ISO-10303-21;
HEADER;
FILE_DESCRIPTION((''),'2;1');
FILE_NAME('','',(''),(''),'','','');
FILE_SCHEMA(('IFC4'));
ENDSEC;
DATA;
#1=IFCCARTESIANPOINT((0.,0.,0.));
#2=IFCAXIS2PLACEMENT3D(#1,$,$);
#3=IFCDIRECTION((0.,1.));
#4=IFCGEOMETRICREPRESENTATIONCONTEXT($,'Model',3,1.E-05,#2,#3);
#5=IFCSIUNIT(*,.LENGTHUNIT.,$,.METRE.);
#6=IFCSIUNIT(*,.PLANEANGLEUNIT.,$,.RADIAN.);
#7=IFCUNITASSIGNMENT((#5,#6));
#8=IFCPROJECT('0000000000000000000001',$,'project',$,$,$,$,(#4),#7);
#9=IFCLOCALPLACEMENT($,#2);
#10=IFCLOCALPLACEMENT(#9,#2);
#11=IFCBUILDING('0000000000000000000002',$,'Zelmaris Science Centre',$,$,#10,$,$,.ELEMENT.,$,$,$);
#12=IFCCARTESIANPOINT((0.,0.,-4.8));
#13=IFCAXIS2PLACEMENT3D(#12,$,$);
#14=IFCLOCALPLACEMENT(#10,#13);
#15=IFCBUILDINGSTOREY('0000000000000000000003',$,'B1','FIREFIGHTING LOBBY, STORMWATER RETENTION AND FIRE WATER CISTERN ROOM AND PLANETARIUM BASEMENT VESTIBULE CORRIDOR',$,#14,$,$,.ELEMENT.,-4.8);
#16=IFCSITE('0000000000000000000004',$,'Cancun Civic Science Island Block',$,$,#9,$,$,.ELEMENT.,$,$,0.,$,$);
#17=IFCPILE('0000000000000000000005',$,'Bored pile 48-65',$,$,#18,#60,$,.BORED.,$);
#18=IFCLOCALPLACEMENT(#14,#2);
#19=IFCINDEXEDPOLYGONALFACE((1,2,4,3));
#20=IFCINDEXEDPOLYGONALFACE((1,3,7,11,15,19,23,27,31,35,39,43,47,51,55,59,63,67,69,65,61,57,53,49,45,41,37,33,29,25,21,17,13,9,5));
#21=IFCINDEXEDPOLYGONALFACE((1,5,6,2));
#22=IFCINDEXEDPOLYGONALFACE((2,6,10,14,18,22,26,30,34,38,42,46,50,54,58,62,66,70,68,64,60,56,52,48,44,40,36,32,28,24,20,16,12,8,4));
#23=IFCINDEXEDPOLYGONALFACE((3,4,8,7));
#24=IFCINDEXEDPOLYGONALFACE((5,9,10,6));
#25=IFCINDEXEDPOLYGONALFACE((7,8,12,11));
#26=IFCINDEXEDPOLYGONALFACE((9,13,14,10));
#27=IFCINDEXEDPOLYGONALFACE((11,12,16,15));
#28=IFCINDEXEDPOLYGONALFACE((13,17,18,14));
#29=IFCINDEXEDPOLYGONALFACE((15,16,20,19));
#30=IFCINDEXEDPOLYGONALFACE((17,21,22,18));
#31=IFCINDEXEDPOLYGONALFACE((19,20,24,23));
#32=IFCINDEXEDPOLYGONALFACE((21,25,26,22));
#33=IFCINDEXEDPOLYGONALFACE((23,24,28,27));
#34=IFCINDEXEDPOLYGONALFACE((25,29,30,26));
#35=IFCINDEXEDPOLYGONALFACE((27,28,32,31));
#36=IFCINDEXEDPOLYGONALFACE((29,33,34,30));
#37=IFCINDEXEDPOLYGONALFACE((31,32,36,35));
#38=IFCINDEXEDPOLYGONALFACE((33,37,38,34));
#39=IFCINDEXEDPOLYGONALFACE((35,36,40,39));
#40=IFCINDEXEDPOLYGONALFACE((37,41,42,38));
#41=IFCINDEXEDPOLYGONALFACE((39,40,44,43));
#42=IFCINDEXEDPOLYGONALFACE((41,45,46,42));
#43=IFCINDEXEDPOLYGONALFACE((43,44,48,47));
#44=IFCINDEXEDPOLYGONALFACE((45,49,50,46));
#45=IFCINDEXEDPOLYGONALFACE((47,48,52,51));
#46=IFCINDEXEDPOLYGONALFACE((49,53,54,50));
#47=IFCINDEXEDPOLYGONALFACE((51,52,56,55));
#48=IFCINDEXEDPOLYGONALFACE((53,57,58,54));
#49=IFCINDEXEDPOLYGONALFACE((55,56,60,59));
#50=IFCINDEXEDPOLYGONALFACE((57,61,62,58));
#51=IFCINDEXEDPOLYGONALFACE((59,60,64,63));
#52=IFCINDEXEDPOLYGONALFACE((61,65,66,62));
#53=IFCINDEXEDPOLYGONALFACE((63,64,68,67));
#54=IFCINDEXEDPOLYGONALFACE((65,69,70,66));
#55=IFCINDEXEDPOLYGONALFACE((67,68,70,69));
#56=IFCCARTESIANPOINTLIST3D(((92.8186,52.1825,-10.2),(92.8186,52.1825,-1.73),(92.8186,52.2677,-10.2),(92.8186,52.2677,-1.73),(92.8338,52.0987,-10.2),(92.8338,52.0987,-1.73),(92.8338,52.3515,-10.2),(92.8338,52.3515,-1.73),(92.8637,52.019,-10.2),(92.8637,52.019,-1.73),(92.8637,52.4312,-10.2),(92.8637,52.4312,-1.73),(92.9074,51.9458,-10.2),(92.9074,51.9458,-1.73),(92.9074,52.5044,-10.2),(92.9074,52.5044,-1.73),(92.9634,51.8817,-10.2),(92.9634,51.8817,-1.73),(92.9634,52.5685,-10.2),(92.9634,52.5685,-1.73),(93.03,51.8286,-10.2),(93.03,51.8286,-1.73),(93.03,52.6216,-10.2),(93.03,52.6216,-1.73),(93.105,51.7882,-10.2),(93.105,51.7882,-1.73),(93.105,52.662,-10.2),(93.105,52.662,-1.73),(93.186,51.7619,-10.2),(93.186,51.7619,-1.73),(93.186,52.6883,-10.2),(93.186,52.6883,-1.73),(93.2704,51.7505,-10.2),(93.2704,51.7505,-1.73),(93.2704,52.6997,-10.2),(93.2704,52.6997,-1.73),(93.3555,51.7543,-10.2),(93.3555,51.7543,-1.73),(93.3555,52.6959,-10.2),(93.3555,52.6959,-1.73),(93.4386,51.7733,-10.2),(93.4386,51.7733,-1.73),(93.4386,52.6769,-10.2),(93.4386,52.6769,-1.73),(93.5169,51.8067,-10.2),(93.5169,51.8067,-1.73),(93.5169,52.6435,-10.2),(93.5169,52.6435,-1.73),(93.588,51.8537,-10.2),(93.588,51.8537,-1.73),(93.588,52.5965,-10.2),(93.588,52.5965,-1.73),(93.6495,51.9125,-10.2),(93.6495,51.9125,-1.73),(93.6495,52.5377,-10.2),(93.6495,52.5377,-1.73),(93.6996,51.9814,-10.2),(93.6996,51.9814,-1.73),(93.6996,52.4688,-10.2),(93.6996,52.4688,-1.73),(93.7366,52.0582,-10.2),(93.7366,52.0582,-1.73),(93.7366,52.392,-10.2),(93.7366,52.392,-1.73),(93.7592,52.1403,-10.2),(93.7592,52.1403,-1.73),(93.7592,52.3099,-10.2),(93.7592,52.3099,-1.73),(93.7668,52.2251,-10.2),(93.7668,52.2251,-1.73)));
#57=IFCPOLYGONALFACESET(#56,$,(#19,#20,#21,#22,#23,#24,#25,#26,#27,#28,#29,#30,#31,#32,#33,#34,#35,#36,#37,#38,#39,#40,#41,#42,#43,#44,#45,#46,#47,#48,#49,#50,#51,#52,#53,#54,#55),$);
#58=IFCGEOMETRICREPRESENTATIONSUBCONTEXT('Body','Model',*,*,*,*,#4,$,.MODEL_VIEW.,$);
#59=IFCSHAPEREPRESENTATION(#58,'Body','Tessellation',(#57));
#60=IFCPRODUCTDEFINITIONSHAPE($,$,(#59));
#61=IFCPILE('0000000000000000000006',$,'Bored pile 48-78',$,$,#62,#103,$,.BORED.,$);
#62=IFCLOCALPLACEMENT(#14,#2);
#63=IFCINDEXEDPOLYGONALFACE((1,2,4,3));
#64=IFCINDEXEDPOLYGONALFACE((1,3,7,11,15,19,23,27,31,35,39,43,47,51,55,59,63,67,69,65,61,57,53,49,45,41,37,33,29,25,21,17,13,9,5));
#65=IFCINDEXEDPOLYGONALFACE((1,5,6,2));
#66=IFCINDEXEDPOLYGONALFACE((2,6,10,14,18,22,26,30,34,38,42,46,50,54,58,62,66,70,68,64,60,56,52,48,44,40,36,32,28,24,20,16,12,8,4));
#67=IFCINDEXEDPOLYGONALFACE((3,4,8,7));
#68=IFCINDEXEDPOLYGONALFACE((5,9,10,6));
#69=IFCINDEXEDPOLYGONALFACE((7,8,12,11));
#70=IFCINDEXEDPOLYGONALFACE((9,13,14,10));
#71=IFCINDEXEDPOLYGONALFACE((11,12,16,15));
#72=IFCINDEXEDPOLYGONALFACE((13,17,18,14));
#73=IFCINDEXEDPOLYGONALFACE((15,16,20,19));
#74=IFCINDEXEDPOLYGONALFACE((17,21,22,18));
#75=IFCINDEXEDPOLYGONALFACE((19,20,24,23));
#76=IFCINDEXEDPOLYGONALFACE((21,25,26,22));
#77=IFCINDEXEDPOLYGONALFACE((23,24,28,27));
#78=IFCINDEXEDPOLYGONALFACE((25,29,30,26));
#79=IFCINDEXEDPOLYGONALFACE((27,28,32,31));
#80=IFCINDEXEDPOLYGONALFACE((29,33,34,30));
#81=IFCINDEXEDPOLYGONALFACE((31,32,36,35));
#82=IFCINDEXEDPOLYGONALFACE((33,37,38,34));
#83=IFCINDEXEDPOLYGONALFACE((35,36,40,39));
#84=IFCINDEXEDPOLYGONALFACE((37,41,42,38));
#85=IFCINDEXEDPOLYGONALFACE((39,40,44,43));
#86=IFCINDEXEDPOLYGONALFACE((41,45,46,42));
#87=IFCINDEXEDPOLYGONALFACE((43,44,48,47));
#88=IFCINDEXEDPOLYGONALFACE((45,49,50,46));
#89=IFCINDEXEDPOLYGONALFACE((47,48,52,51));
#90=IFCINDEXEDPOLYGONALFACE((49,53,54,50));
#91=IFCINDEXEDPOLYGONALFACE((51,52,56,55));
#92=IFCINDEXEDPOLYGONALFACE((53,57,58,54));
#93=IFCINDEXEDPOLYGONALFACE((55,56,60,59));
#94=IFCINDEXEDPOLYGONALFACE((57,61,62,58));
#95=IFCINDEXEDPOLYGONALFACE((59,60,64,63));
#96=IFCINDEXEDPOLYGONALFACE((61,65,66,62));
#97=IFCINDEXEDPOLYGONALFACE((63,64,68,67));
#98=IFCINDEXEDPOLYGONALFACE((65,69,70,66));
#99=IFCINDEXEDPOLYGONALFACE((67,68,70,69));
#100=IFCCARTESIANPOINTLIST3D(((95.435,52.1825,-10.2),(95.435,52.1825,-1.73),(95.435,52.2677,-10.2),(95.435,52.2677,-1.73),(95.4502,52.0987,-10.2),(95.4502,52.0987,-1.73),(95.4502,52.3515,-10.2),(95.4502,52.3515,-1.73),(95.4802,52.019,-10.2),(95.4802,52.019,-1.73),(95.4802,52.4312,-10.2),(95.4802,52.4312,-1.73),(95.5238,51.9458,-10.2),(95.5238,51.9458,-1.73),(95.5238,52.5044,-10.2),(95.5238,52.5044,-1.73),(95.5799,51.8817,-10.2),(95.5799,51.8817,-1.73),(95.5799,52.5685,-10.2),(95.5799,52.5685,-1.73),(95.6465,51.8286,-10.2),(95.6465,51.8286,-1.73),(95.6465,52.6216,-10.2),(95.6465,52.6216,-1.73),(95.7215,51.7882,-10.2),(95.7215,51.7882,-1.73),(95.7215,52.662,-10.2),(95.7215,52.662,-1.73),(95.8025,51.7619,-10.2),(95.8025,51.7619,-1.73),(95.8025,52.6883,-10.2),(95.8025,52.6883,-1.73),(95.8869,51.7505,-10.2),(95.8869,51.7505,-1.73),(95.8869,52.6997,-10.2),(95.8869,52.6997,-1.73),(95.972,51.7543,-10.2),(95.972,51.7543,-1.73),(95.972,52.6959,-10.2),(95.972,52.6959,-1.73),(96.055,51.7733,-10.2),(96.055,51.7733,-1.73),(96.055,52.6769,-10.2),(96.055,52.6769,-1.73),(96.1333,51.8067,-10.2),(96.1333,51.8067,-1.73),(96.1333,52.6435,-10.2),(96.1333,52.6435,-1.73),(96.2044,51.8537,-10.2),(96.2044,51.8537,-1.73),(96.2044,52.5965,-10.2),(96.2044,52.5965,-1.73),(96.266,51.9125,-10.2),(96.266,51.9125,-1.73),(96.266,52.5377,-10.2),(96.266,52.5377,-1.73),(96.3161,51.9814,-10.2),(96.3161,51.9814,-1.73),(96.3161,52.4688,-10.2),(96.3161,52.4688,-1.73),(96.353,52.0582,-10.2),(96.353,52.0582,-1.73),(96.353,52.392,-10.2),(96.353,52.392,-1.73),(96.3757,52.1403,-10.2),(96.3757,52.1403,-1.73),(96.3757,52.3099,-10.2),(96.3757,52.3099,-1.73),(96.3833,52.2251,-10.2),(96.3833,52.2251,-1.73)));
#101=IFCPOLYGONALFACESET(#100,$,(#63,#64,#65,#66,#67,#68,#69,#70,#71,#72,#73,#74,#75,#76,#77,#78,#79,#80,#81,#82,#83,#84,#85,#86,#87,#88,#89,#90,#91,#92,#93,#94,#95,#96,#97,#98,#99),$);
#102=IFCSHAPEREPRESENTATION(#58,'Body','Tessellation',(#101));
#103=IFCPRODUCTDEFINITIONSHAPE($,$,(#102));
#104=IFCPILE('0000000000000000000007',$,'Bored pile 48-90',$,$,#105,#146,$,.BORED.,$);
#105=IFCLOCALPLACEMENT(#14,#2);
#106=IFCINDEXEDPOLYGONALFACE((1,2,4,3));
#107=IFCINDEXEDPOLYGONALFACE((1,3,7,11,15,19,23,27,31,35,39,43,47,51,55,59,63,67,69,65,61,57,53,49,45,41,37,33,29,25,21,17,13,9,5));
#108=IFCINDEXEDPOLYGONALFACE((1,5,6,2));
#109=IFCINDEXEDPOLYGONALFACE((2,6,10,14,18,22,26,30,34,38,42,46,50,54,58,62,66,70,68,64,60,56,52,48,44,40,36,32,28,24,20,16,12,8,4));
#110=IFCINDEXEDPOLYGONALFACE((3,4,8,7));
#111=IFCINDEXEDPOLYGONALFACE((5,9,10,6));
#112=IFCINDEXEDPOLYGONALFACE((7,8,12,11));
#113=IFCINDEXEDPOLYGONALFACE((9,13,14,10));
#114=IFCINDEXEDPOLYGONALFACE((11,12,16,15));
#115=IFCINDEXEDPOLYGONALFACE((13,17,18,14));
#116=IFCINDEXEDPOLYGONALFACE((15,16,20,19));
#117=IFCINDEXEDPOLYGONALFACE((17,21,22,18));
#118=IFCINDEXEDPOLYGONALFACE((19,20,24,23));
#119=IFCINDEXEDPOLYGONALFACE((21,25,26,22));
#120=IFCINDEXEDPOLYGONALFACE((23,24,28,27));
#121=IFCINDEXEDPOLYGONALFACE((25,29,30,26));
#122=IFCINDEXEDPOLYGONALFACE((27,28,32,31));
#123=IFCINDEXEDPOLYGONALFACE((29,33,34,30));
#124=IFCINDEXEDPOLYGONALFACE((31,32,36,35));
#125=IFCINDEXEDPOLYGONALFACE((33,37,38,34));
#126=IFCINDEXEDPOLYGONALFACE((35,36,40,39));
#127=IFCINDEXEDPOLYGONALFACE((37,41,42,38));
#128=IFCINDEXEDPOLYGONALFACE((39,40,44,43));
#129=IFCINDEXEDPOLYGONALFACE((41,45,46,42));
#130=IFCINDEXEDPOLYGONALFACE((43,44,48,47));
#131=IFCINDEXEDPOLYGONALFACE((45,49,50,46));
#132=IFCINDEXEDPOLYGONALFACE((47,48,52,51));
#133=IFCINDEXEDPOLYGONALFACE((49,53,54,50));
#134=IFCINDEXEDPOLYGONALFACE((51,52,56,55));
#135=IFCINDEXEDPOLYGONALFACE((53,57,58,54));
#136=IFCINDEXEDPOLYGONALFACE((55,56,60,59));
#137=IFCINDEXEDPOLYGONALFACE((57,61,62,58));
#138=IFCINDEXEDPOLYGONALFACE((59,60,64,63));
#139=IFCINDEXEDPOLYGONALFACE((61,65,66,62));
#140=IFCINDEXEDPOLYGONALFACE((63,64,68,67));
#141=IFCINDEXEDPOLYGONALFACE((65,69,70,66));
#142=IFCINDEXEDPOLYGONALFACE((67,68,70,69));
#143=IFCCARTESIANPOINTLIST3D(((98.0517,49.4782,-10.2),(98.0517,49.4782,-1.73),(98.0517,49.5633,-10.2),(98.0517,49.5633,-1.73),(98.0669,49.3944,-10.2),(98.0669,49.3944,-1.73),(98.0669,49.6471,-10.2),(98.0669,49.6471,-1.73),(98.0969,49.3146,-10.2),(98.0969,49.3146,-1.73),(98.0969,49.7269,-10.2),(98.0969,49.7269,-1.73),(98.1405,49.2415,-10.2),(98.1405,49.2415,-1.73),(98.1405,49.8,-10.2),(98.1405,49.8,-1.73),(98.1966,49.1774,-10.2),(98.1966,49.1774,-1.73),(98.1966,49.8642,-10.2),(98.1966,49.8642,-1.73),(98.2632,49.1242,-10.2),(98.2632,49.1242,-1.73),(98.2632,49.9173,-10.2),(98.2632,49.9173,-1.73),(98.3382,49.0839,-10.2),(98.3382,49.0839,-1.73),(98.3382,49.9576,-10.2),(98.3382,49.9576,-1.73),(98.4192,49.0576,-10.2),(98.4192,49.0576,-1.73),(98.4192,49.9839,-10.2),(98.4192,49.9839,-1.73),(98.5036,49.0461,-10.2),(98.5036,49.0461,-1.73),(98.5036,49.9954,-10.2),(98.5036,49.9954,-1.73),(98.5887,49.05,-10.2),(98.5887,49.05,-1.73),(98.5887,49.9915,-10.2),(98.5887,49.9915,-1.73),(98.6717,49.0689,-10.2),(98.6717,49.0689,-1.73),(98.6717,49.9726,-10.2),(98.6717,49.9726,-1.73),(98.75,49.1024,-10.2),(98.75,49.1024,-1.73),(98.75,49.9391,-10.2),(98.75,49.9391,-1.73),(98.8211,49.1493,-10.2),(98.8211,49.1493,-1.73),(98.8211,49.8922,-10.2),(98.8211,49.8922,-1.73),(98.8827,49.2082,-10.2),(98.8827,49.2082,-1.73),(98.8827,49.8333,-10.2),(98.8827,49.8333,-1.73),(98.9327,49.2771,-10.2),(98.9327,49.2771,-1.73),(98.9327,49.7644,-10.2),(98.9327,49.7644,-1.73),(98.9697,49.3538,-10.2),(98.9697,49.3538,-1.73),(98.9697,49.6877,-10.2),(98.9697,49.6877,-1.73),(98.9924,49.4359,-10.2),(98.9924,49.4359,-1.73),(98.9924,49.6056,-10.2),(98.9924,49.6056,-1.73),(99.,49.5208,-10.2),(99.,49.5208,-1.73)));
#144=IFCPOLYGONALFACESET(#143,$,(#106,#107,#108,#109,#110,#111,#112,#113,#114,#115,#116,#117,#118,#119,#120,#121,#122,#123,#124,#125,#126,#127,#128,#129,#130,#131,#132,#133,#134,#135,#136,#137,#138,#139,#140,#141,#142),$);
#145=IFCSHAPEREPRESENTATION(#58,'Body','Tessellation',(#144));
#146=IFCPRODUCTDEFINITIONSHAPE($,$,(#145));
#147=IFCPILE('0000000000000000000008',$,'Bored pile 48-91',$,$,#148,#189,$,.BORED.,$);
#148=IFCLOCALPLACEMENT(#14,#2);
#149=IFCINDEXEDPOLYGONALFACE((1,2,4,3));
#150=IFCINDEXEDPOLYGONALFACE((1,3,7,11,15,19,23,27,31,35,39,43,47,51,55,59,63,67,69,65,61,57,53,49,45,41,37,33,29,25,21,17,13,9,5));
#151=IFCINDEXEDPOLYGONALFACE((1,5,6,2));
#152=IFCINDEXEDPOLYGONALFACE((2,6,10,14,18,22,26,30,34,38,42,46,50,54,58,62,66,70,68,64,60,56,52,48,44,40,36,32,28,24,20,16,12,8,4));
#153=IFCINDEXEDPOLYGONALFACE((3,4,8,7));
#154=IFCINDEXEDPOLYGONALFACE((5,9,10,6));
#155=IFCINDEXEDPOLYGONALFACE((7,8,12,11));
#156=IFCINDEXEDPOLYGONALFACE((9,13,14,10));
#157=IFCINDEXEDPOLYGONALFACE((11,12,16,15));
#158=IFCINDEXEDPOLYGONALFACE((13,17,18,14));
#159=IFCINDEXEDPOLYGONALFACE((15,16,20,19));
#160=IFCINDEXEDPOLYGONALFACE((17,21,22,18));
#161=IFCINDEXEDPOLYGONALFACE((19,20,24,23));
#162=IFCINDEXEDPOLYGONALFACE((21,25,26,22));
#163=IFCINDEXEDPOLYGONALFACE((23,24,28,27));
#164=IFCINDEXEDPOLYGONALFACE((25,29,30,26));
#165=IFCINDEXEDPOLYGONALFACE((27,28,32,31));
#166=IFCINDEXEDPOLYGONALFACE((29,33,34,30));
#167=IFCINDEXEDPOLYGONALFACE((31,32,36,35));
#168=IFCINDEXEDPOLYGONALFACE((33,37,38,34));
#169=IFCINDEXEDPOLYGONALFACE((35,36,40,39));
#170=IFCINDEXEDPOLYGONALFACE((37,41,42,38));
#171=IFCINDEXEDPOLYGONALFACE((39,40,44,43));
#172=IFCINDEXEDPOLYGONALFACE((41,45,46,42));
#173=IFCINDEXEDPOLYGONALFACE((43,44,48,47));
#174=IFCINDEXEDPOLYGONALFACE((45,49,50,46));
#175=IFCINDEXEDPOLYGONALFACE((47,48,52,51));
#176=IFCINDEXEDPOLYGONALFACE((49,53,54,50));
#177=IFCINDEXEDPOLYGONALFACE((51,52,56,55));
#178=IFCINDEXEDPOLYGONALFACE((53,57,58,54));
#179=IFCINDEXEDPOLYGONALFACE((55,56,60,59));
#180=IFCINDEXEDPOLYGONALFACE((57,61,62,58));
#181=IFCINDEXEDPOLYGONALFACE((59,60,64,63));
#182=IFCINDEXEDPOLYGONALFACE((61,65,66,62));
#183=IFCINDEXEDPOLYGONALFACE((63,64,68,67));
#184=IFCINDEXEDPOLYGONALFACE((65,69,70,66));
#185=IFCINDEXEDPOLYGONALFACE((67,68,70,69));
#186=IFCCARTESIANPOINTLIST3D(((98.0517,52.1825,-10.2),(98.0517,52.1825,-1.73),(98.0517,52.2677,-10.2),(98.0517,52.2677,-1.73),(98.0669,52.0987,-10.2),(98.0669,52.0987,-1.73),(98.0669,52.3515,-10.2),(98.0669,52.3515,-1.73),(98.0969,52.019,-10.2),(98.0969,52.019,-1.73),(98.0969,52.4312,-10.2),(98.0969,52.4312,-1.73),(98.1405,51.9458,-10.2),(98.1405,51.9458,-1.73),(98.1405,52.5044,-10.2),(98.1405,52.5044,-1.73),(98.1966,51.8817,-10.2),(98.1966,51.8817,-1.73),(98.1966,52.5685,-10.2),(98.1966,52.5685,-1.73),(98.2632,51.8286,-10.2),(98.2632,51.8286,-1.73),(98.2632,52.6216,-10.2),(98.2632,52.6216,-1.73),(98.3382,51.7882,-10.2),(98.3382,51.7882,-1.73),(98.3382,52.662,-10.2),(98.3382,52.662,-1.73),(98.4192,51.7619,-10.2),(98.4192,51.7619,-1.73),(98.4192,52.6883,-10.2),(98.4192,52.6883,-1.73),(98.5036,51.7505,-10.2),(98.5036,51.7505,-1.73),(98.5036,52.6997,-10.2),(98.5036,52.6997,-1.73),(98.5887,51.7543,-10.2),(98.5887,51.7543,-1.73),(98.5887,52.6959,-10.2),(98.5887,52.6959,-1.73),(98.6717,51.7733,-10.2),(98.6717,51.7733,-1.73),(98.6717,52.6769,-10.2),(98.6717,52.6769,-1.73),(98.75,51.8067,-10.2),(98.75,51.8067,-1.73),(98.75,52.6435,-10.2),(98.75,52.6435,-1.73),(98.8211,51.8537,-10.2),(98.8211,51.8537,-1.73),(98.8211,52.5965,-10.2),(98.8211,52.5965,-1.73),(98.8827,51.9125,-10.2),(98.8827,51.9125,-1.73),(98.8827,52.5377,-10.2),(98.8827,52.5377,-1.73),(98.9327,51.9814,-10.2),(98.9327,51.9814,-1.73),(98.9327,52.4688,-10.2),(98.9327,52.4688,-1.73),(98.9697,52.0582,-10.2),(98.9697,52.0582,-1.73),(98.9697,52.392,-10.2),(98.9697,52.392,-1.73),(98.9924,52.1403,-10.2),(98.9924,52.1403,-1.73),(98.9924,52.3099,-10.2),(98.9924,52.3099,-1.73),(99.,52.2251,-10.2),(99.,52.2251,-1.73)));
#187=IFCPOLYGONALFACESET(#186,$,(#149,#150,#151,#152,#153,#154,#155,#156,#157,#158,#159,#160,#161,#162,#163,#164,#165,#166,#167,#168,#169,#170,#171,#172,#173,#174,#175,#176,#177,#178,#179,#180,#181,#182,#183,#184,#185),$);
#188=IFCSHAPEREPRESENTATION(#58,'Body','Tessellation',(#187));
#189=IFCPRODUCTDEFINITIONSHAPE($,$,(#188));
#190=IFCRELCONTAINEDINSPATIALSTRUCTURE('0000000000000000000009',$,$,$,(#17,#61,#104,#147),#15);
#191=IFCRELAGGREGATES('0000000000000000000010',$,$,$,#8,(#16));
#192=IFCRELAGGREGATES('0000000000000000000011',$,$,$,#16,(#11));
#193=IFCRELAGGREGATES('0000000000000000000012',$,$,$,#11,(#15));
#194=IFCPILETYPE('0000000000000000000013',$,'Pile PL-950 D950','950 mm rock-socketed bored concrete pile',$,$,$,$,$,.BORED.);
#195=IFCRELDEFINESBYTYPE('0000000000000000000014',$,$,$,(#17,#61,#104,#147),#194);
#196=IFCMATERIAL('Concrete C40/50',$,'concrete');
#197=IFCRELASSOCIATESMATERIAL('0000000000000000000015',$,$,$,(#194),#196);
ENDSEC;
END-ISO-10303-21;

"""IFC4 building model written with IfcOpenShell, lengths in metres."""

from ifc_helpers import new_model, si_unit, direction, frame, origin, origin_2d, place, context, subcontext, project, spatial, circle, extrude, material, material_profile, profile_set, type_object, element, save


model = new_model("IFC4")

# Units and contexts
model_context = context("Model", 3, precision=1e-05, world=origin(), true_north=direction((0.0, 1.0)))
body_context = subcontext(model_context, "Body", "Model", "MODEL_VIEW")
ifc_project = project(units=[si_unit("LENGTHUNIT", "METRE"), si_unit("PLANEANGLEUNIT", "RADIAN")], contexts=[model_context])

# Site, building, storey
site_placement = place(None, origin())
site = spatial("IfcSite", under=ifc_project, at=site_placement, Name="Cancun Civic Science Island Block", CompositionType="ELEMENT", RefElevation=0.0)
building_placement = place(site_placement, origin())
building = spatial("IfcBuilding", under=site, at=building_placement, Name="Zelmaris Science Centre", CompositionType="ELEMENT")
storey_placement = place(building_placement, frame((0.0, 0.0, -4.8)))
storey = spatial("IfcBuildingStorey", under=building, at=storey_placement, Name="B1", Description="FIREFIGHTING LOBBY, STORMWATER RETENTION AND FIRE WATER CISTERN ROOM AND PLANETARIUM BASEMENT VESTIBULE CORRIDOR", CompositionType="ELEMENT", Elevation=-4.8)

# Shared definitions
ifc_material_1 = material(Name="Concrete C40/50", Category="concrete")

# Piles
ifc_material_profile_1 = material_profile(ifc_material_1, circle(Radius=0.4751, at=origin_2d()), Name="PILE-950")
ifc_profile_set_1 = profile_set([ifc_material_profile_1], Name="Concrete C40/50")
pile_type_1 = type_object("IfcPileType", Name="Pile PL-950 D950", Description="950 mm rock-socketed bored concrete pile", PredefinedType="BORED", material=ifc_profile_set_1)
for number, where, z_axis, x_axis, name in (
    (1, (93.2917, 52.2251, -1.73), (0.0, 0.0, -1.0), (1.0, 0.0, 0.0), "Bored pile 48-65"),
    (2, (95.9082, 52.2251, -1.73), (0.0, 0.0, -1.0), (1.0, 0.0, 0.0), "Bored pile 48-78"),
    (3, (98.5249, 49.5208, -1.73), (0.0, 0.0, -1.0), (1.0, 0.0, 0.0), "Bored pile 48-90"),
    (4, (98.5249, 52.2251, -1.73), (0.0, 0.0, -1.0), (1.0, 0.0, 0.0), "Bored pile 48-91"),
):
    element("IfcPile", number, at=place(storey_placement, frame(where, z_axis=z_axis, x_axis=x_axis)), inside=storey, type_object=pile_type_1, Name=name, PredefinedType="BORED", context=body_context, shape_type="SweptSolid", body=[
        extrude(circle(Radius=0.4751, at=origin_2d()), origin(), (0.0, 0.0, 1.0), 8.47),
    ])

save(model, "model.ifc")
